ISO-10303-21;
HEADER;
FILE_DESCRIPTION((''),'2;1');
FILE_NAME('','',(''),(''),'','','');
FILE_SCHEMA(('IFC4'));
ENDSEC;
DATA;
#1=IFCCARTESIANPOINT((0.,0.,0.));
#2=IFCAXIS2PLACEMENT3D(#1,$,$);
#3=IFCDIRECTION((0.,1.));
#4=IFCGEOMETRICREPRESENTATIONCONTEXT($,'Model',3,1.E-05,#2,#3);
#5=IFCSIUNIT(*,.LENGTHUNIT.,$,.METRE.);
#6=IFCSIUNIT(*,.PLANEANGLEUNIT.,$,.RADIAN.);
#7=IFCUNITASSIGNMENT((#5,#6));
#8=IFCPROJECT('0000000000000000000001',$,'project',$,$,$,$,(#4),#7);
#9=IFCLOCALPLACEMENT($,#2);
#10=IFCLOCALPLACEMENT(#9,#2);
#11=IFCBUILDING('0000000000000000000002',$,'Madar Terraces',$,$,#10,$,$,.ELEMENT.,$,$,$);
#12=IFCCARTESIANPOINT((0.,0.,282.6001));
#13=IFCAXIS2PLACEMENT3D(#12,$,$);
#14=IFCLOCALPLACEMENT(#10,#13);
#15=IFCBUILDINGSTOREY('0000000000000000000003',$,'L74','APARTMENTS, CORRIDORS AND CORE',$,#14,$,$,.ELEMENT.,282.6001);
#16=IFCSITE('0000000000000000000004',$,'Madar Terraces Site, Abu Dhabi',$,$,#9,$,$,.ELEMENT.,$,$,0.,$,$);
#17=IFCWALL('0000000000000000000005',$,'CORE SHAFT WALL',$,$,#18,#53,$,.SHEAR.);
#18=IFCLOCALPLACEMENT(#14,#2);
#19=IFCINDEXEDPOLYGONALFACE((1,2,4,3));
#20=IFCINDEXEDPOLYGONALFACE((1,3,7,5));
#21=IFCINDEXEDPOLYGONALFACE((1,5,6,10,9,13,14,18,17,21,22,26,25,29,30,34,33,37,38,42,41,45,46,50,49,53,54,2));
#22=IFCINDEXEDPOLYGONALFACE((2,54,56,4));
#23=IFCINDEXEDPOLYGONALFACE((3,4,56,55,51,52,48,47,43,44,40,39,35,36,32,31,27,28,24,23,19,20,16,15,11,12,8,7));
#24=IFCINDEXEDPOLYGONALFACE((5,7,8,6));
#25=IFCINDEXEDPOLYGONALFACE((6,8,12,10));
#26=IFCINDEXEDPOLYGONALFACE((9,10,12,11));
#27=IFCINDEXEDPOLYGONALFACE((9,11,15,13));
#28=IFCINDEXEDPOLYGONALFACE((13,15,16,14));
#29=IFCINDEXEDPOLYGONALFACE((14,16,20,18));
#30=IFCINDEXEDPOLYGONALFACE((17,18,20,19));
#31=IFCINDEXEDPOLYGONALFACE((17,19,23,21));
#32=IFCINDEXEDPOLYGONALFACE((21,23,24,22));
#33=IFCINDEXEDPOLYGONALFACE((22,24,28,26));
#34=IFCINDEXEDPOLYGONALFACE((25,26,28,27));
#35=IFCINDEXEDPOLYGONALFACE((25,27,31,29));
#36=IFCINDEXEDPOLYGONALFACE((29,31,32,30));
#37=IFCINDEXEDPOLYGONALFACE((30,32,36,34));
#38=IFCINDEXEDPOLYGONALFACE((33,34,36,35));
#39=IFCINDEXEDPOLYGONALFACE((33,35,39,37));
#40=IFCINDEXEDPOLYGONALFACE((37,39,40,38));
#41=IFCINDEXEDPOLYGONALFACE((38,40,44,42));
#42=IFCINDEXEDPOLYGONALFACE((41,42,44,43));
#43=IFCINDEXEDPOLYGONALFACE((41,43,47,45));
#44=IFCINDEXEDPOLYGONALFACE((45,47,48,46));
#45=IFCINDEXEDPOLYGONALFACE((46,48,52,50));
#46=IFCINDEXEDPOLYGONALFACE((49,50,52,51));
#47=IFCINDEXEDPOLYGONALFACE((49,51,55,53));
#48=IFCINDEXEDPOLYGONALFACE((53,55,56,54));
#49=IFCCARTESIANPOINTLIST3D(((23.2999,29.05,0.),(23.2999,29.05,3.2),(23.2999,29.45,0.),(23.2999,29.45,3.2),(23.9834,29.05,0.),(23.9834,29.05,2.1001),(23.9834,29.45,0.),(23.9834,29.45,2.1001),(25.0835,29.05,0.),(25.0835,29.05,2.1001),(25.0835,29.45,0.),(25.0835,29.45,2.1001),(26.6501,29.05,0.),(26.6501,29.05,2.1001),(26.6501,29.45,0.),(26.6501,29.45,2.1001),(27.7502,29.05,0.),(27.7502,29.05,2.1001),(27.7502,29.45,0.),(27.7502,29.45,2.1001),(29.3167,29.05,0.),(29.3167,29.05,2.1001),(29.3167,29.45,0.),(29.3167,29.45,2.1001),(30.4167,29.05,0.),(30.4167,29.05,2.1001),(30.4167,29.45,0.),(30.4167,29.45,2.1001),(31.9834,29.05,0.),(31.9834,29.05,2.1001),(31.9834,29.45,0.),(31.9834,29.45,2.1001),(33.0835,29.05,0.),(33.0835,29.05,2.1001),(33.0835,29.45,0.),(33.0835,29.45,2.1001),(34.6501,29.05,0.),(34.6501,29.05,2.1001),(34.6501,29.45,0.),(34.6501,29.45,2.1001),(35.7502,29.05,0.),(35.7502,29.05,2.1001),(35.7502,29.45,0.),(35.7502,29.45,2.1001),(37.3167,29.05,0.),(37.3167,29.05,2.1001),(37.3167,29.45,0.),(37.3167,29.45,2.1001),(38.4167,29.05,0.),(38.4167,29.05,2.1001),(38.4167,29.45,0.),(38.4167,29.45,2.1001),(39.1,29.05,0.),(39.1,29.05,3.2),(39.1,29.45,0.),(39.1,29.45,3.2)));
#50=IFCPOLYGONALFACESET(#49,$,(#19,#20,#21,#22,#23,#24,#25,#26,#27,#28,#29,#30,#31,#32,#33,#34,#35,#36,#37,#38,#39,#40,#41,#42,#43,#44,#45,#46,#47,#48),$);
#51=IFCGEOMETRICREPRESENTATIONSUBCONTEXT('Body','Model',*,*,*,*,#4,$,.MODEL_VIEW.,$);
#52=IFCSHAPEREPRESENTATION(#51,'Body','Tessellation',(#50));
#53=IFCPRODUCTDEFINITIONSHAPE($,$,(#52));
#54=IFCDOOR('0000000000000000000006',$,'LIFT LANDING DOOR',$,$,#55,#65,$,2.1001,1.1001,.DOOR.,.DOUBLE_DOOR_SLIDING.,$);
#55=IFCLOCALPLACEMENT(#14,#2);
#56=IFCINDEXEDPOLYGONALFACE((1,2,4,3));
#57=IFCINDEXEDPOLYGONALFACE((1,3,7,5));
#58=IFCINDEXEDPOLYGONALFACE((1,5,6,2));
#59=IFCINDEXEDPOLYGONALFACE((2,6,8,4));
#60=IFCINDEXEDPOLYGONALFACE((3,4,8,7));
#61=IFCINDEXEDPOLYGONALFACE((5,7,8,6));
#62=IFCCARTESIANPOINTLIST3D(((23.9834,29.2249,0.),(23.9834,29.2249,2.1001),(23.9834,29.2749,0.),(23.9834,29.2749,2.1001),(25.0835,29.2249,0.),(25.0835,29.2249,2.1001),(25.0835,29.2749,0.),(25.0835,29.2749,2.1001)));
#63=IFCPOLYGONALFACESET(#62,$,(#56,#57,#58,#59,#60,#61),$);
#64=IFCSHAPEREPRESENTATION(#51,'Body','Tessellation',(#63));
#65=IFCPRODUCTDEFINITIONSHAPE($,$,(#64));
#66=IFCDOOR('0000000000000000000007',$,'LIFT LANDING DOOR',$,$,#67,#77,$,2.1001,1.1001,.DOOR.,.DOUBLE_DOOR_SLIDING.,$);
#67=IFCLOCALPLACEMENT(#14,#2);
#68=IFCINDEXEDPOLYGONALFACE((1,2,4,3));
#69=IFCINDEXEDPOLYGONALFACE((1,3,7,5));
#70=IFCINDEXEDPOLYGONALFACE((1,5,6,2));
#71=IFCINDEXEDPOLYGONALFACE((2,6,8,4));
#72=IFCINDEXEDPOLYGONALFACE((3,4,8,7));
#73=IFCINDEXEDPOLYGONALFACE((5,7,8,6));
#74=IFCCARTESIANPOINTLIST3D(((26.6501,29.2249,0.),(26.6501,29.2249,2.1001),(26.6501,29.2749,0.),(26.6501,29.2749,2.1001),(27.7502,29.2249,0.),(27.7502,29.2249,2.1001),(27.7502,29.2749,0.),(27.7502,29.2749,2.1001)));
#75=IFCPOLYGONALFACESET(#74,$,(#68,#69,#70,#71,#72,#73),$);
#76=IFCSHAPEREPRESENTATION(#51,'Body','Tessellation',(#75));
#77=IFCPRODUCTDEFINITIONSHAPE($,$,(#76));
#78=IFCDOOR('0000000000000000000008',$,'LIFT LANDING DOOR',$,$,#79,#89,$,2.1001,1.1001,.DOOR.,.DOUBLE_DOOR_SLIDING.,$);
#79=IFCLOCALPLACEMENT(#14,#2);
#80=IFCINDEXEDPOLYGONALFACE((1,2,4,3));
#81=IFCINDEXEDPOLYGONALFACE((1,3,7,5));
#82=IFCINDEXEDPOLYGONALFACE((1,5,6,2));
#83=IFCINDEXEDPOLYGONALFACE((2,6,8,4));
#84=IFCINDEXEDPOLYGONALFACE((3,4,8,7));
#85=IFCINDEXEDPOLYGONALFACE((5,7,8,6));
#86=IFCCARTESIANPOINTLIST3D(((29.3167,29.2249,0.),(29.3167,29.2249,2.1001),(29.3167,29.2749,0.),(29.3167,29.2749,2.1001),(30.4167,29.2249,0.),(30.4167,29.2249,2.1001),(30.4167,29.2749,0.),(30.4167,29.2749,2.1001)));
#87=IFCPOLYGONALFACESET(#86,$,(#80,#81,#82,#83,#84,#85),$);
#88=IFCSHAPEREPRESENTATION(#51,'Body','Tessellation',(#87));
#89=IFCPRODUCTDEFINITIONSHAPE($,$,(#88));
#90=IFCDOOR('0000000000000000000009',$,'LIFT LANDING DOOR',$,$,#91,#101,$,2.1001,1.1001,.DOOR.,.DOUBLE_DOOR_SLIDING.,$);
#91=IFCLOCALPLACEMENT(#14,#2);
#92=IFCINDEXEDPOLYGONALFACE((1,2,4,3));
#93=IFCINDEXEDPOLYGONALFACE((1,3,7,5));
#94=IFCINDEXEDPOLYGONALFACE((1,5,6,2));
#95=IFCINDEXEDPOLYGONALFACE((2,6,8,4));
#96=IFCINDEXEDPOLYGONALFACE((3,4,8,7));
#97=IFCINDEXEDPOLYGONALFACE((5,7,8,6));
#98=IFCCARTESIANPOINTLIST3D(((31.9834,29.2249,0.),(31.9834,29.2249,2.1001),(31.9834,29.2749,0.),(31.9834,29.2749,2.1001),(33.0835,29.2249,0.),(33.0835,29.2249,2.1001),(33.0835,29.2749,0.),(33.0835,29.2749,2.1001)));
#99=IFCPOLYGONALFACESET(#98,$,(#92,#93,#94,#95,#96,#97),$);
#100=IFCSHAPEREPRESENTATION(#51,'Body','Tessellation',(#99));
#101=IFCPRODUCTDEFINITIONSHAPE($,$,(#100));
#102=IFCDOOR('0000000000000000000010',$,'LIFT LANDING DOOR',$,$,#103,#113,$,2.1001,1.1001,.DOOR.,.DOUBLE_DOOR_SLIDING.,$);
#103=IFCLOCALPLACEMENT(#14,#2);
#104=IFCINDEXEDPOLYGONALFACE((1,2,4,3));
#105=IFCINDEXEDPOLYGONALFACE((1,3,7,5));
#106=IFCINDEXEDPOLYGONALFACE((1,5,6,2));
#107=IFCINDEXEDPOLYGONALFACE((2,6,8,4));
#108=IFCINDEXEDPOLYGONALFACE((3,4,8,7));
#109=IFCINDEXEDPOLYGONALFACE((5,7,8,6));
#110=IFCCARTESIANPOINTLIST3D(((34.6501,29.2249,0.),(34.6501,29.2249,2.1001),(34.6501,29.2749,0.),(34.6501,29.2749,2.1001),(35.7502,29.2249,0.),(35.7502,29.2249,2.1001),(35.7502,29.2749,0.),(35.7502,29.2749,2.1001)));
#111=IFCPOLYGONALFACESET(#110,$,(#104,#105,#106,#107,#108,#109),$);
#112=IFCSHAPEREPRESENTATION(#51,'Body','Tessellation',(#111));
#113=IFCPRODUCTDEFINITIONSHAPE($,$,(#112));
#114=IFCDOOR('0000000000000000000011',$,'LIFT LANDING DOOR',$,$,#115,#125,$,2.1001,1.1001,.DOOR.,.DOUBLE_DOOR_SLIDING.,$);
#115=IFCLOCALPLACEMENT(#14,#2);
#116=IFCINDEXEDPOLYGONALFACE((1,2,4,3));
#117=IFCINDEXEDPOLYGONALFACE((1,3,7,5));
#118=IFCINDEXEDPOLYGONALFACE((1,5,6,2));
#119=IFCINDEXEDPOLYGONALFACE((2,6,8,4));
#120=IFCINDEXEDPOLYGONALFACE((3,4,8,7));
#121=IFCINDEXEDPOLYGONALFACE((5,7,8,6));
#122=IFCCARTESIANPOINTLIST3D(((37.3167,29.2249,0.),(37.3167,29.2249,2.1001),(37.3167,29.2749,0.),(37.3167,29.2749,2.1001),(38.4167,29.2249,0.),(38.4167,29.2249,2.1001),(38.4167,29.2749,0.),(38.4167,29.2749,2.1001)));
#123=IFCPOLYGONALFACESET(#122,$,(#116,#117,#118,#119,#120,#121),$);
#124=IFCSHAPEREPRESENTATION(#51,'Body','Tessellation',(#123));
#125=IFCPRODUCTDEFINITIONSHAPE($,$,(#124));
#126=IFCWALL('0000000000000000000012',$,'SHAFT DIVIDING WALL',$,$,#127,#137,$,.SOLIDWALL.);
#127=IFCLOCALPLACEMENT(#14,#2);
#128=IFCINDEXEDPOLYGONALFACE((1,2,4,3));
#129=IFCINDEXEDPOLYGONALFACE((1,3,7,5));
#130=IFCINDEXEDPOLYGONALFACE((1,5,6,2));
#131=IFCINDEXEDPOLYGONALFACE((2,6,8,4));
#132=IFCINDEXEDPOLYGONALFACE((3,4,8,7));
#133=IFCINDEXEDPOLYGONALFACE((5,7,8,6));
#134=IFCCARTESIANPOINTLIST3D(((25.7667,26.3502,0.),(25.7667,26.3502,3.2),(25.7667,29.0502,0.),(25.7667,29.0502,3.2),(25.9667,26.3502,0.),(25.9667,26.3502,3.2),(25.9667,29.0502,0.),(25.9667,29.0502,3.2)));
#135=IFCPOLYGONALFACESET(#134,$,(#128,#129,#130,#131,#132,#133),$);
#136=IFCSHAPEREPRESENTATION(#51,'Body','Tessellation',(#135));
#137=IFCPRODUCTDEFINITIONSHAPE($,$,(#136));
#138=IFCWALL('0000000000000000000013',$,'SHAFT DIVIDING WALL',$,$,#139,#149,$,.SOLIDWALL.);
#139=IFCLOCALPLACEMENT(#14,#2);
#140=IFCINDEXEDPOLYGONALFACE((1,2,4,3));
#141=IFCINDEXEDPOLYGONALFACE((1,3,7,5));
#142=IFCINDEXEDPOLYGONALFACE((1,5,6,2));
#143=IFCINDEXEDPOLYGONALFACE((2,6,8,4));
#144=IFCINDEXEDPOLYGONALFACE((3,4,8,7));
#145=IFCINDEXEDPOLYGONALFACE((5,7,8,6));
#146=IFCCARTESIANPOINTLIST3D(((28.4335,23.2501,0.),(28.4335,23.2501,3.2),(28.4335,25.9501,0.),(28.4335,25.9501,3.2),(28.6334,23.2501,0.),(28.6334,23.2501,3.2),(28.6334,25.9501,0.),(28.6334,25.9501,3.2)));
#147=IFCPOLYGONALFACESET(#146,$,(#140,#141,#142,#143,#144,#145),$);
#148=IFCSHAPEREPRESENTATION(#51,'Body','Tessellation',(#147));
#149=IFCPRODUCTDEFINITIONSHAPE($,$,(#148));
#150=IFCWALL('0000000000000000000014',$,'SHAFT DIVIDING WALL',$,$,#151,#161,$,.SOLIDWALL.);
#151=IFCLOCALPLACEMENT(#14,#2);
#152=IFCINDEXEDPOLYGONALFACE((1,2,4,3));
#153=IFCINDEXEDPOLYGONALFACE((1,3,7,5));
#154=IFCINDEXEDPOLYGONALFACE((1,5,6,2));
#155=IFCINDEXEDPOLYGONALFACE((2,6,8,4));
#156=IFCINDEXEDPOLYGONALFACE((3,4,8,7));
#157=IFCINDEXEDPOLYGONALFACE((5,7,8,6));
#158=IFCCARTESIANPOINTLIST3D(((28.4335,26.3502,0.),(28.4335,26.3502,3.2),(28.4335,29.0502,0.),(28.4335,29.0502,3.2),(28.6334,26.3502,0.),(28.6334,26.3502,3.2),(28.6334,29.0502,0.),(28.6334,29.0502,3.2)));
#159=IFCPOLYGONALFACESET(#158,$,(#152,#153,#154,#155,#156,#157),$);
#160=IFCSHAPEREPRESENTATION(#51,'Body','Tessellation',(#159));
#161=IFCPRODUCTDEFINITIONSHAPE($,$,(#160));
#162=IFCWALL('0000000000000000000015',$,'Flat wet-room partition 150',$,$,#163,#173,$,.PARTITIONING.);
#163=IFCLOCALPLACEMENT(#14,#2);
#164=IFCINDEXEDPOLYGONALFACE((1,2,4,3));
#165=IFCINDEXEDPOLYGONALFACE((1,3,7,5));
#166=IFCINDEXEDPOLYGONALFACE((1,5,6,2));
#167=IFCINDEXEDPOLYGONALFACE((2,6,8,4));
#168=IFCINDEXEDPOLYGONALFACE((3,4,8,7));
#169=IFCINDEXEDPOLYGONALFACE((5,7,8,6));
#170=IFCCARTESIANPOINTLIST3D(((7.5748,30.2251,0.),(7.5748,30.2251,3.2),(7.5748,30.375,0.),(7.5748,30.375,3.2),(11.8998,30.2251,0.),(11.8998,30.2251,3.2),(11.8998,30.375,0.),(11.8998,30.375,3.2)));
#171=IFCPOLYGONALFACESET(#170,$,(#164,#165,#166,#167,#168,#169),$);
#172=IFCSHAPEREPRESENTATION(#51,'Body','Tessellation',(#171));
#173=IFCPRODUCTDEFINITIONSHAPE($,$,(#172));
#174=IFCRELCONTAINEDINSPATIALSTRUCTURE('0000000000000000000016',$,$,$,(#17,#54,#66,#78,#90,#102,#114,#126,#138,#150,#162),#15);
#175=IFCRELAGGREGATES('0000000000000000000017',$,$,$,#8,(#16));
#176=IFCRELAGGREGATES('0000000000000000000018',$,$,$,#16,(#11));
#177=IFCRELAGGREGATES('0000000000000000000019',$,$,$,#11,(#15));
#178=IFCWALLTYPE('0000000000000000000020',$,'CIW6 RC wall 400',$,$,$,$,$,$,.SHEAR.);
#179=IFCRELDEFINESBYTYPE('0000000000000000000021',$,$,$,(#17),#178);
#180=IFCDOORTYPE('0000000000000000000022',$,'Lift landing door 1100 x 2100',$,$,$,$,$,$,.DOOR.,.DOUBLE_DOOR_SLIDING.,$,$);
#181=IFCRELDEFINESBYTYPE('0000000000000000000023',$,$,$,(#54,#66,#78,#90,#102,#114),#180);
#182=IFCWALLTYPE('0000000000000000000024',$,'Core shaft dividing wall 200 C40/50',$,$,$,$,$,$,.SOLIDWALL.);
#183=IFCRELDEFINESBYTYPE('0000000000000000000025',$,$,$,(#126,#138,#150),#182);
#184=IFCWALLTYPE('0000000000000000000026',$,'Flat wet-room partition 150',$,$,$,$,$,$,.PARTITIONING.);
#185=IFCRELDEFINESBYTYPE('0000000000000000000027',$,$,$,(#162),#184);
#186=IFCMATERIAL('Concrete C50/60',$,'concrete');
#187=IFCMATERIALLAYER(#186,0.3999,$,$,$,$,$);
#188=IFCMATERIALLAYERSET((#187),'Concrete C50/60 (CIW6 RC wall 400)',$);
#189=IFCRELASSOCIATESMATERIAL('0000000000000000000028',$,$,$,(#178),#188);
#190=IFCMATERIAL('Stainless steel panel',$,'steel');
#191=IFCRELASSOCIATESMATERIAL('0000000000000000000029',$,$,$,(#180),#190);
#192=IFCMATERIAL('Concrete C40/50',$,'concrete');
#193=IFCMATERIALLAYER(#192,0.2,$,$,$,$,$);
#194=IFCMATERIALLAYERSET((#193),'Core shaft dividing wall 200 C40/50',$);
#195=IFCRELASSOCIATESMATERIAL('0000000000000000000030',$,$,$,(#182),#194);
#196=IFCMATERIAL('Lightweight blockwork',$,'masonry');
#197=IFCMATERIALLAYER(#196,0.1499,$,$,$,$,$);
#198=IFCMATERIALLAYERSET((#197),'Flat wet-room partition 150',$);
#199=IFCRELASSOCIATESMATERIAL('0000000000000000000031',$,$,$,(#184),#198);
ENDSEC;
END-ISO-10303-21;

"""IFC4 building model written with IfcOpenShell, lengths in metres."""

from ifc_helpers import new_model, si_unit, direction, frame, frame_2d, origin, place, context, subcontext, project, spatial, rectangle, extrude, material, layer, layer_set, type_object, element, fill, save


model = new_model("IFC4")

# Units and contexts
model_context = context("Model", 3, precision=1e-05, world=origin(), true_north=direction((0.0, 1.0)))
body_context = subcontext(model_context, "Body", "Model", "MODEL_VIEW")
ifc_project = project(units=[si_unit("LENGTHUNIT", "METRE"), si_unit("PLANEANGLEUNIT", "RADIAN")], contexts=[model_context])

# Site, building, storey
site_placement = place(None, origin())
site = spatial("IfcSite", under=ifc_project, at=site_placement, Name="Madar Terraces Site, Abu Dhabi", CompositionType="ELEMENT", RefElevation=0.0)
building_placement = place(site_placement, origin())
building = spatial("IfcBuilding", under=site, at=building_placement, Name="Madar Terraces", CompositionType="ELEMENT")
storey_placement = place(building_placement, frame((0.0, 0.0, 282.6001)))
storey = spatial("IfcBuildingStorey", under=building, at=storey_placement, Name="L74", Description="APARTMENTS, CORRIDORS AND CORE", CompositionType="ELEMENT", Elevation=282.6001)

# Shared definitions
ifc_material_1 = material(Name="Concrete C50/60", Category="concrete")
ifc_layer_1 = layer(ifc_material_1, 0.3999)
ifc_layer_set_1 = layer_set([ifc_layer_1], Name="Concrete C50/60 (CIW6 RC wall 400)")
wall_type_1 = type_object("IfcWallType", Name="CIW6 RC wall 400", PredefinedType="SHEAR", material=ifc_layer_set_1)

# Wall, openings, doors
wall_1_placement = place(storey_placement, frame((23.3, 29.25, 0.0), z_axis=(0.0, 0.0, 1.0), x_axis=(1.0, 0.0, 0.0)))
wall_1 = element("IfcWall", 1, at=wall_1_placement, inside=storey, type_object=wall_type_1, Name="CORE SHAFT WALL", PredefinedType="SHEAR", context=body_context, shape_type="SweptSolid", body=[
    extrude(rectangle(XDim=15.8, YDim=0.3999, at=frame_2d((7.8999, 0.0))), origin(), (0.0, 0.0, 1.0), 3.2),
])
opening_1_placement = place(wall_1_placement, frame((0.6833, 0.0, 0.0)))
opening_1 = element("IfcOpeningElement", 2, at=opening_1_placement, cuts=wall_1, PredefinedType="OPENING", context=body_context, shape_type="SweptSolid", body=[
    extrude(rectangle(XDim=1.1001, YDim=2.1001, at=frame_2d((0.55, 1.05))), frame((0.0, 0.21, 0.0), z_axis=(0.0, -1.0, 0.0), x_axis=(1.0, 0.0, 0.0)), (0.0, 0.0, 1.0), 0.4199),
])
opening_2_placement = place(wall_1_placement, frame((3.3501, 0.0, 0.0)))
opening_2 = element("IfcOpeningElement", 3, at=opening_2_placement, cuts=wall_1, PredefinedType="OPENING", context=body_context, shape_type="SweptSolid", body=[
    extrude(rectangle(XDim=1.1001, YDim=2.1001, at=frame_2d((0.55, 1.05))), frame((0.0, 0.21, 0.0), z_axis=(0.0, -1.0, 0.0), x_axis=(1.0, 0.0, 0.0)), (0.0, 0.0, 1.0), 0.4199),
])
opening_3_placement = place(wall_1_placement, frame((6.0166, 0.0, 0.0)))
opening_3 = element("IfcOpeningElement", 4, at=opening_3_placement, cuts=wall_1, PredefinedType="OPENING", context=body_context, shape_type="SweptSolid", body=[
    extrude(rectangle(XDim=1.1001, YDim=2.1001, at=frame_2d((0.55, 1.05))), frame((0.0, 0.21, 0.0), z_axis=(0.0, -1.0, 0.0), x_axis=(1.0, 0.0, 0.0)), (0.0, 0.0, 1.0), 0.4199),
])
opening_4_placement = place(wall_1_placement, frame((8.6833, 0.0, 0.0)))
opening_4 = element("IfcOpeningElement", 5, at=opening_4_placement, cuts=wall_1, PredefinedType="OPENING", context=body_context, shape_type="SweptSolid", body=[
    extrude(rectangle(XDim=1.1001, YDim=2.1001, at=frame_2d((0.55, 1.05))), frame((0.0, 0.21, 0.0), z_axis=(0.0, -1.0, 0.0), x_axis=(1.0, 0.0, 0.0)), (0.0, 0.0, 1.0), 0.4199),
])
opening_5_placement = place(wall_1_placement, frame((11.3501, 0.0, 0.0)))
opening_5 = element("IfcOpeningElement", 6, at=opening_5_placement, cuts=wall_1, PredefinedType="OPENING", context=body_context, shape_type="SweptSolid", body=[
    extrude(rectangle(XDim=1.1001, YDim=2.1001, at=frame_2d((0.55, 1.05))), frame((0.0, 0.21, 0.0), z_axis=(0.0, -1.0, 0.0), x_axis=(1.0, 0.0, 0.0)), (0.0, 0.0, 1.0), 0.4199),
])
opening_6_placement = place(wall_1_placement, frame((14.0166, 0.0, 0.0)))
opening_6 = element("IfcOpeningElement", 7, at=opening_6_placement, cuts=wall_1, PredefinedType="OPENING", context=body_context, shape_type="SweptSolid", body=[
    extrude(rectangle(XDim=1.1001, YDim=2.1001, at=frame_2d((0.55, 1.05))), frame((0.0, 0.21, 0.0), z_axis=(0.0, -1.0, 0.0), x_axis=(1.0, 0.0, 0.0)), (0.0, 0.0, 1.0), 0.4199),
])
ifc_material_2 = material(Name="Stainless steel panel", Category="steel")
door_type_1 = type_object("IfcDoorType", Name="Lift landing door 1100 x 2100", OperationType="DOUBLE_DOOR_SLIDING", PredefinedType="DOOR", material=ifc_material_2)
door_1_placement = place(opening_1_placement, origin())
door_1 = element("IfcDoor", 8, at=door_1_placement, inside=storey, type_object=door_type_1, Name="LIFT LANDING DOOR", OperationType="DOUBLE_DOOR_SLIDING", OverallHeight=2.1001, OverallWidth=1.1001, PredefinedType="DOOR", context=body_context, shape_type="SweptSolid", body=[
    extrude(rectangle(XDim=1.1001, YDim=2.1001, at=frame_2d((0.55, 1.05))), frame((0.0, 0.0249, 0.0), z_axis=(0.0, -1.0, 0.0), x_axis=(1.0, 0.0, 0.0)), (0.0, 0.0, 1.0), 0.05),
])
fill(opening_1, door_1)
door_2_placement = place(opening_2_placement, origin())
door_2 = element("IfcDoor", 9, at=door_2_placement, inside=storey, type_object=door_type_1, Name="LIFT LANDING DOOR", OperationType="DOUBLE_DOOR_SLIDING", OverallHeight=2.1001, OverallWidth=1.1001, PredefinedType="DOOR", context=body_context, shape_type="SweptSolid", body=[
    extrude(rectangle(XDim=1.1001, YDim=2.1001, at=frame_2d((0.55, 1.05))), frame((0.0, 0.0249, 0.0), z_axis=(0.0, -1.0, 0.0), x_axis=(1.0, 0.0, 0.0)), (0.0, 0.0, 1.0), 0.05),
])
fill(opening_2, door_2)
door_3_placement = place(opening_3_placement, origin())
door_3 = element("IfcDoor", 10, at=door_3_placement, inside=storey, type_object=door_type_1, Name="LIFT LANDING DOOR", OperationType="DOUBLE_DOOR_SLIDING", OverallHeight=2.1001, OverallWidth=1.1001, PredefinedType="DOOR", context=body_context, shape_type="SweptSolid", body=[
    extrude(rectangle(XDim=1.1001, YDim=2.1001, at=frame_2d((0.55, 1.05))), frame((0.0, 0.0249, 0.0), z_axis=(0.0, -1.0, 0.0), x_axis=(1.0, 0.0, 0.0)), (0.0, 0.0, 1.0), 0.05),
])
fill(opening_3, door_3)
door_4_placement = place(opening_4_placement, origin())
door_4 = element("IfcDoor", 11, at=door_4_placement, inside=storey, type_object=door_type_1, Name="LIFT LANDING DOOR", OperationType="DOUBLE_DOOR_SLIDING", OverallHeight=2.1001, OverallWidth=1.1001, PredefinedType="DOOR", context=body_context, shape_type="SweptSolid", body=[
    extrude(rectangle(XDim=1.1001, YDim=2.1001, at=frame_2d((0.55, 1.05))), frame((0.0, 0.0249, 0.0), z_axis=(0.0, -1.0, 0.0), x_axis=(1.0, 0.0, 0.0)), (0.0, 0.0, 1.0), 0.05),
])
fill(opening_4, door_4)
door_5_placement = place(opening_5_placement, origin())
door_5 = element("IfcDoor", 12, at=door_5_placement, inside=storey, type_object=door_type_1, Name="LIFT LANDING DOOR", OperationType="DOUBLE_DOOR_SLIDING", OverallHeight=2.1001, OverallWidth=1.1001, PredefinedType="DOOR", context=body_context, shape_type="SweptSolid", body=[
    extrude(rectangle(XDim=1.1001, YDim=2.1001, at=frame_2d((0.55, 1.05))), frame((0.0, 0.0249, 0.0), z_axis=(0.0, -1.0, 0.0), x_axis=(1.0, 0.0, 0.0)), (0.0, 0.0, 1.0), 0.05),
])
fill(opening_5, door_5)
door_6_placement = place(opening_6_placement, origin())
door_6 = element("IfcDoor", 13, at=door_6_placement, inside=storey, type_object=door_type_1, Name="LIFT LANDING DOOR", OperationType="DOUBLE_DOOR_SLIDING", OverallHeight=2.1001, OverallWidth=1.1001, PredefinedType="DOOR", context=body_context, shape_type="SweptSolid", body=[
    extrude(rectangle(XDim=1.1001, YDim=2.1001, at=frame_2d((0.55, 1.05))), frame((0.0, 0.0249, 0.0), z_axis=(0.0, -1.0, 0.0), x_axis=(1.0, 0.0, 0.0)), (0.0, 0.0, 1.0), 0.05),
])
fill(opening_6, door_6)

# Walls
ifc_material_3 = material(Name="Concrete C40/50", Category="concrete")
ifc_layer_2 = layer(ifc_material_3, 0.2)
ifc_layer_set_2 = layer_set([ifc_layer_2], Name="Core shaft dividing wall 200 C40/50")
wall_type_2 = type_object("IfcWallType", Name="Core shaft dividing wall 200 C40/50", PredefinedType="SOLIDWALL", material=ifc_layer_set_2)
for number, where, z_axis, x_axis, name in (
    (14, (25.8667, 26.3501, 0.0), (0.0, 0.0, 1.0), (0.0, 1.0, 0.0), "SHAFT DIVIDING WALL"),
    (15, (28.5334, 23.25, 0.0), (0.0, 0.0, 1.0), (0.0, 1.0, 0.0), "SHAFT DIVIDING WALL"),
    (16, (28.5334, 26.3501, 0.0), (0.0, 0.0, 1.0), (0.0, 1.0, 0.0), "SHAFT DIVIDING WALL"),
):
    element("IfcWall", number, at=place(storey_placement, frame(where, z_axis=z_axis, x_axis=x_axis)), inside=storey, type_object=wall_type_2, Name=name, PredefinedType="SOLIDWALL", context=body_context, shape_type="SweptSolid", body=[
        extrude(rectangle(XDim=2.7, YDim=0.2, at=frame_2d((1.3501, 0.0))), origin(), (0.0, 0.0, 1.0), 3.2),
    ])
ifc_material_4 = material(Name="Lightweight blockwork", Category="masonry")
ifc_layer_3 = layer(ifc_material_4, 0.1499)
ifc_layer_set_3 = layer_set([ifc_layer_3], Name="Flat wet-room partition 150")
wall_type_3 = type_object("IfcWallType", Name="Flat wet-room partition 150", PredefinedType="PARTITIONING", material=ifc_layer_set_3)
wall_2_placement = place(storey_placement, frame((11.8999, 30.3, 0.0), z_axis=(0.0, 0.0, 1.0), x_axis=(-1.0, 0.0, 0.0)))
element("IfcWall", 17, at=wall_2_placement, inside=storey, type_object=wall_type_3, Name="Flat wet-room partition 150", PredefinedType="PARTITIONING", context=body_context, shape_type="SweptSolid", body=[
    extrude(rectangle(XDim=4.325, YDim=0.1499, at=frame_2d((2.1626, 0.0))), origin(), (0.0, 0.0, 1.0), 3.2),
])

save(model, "model.ifc")
